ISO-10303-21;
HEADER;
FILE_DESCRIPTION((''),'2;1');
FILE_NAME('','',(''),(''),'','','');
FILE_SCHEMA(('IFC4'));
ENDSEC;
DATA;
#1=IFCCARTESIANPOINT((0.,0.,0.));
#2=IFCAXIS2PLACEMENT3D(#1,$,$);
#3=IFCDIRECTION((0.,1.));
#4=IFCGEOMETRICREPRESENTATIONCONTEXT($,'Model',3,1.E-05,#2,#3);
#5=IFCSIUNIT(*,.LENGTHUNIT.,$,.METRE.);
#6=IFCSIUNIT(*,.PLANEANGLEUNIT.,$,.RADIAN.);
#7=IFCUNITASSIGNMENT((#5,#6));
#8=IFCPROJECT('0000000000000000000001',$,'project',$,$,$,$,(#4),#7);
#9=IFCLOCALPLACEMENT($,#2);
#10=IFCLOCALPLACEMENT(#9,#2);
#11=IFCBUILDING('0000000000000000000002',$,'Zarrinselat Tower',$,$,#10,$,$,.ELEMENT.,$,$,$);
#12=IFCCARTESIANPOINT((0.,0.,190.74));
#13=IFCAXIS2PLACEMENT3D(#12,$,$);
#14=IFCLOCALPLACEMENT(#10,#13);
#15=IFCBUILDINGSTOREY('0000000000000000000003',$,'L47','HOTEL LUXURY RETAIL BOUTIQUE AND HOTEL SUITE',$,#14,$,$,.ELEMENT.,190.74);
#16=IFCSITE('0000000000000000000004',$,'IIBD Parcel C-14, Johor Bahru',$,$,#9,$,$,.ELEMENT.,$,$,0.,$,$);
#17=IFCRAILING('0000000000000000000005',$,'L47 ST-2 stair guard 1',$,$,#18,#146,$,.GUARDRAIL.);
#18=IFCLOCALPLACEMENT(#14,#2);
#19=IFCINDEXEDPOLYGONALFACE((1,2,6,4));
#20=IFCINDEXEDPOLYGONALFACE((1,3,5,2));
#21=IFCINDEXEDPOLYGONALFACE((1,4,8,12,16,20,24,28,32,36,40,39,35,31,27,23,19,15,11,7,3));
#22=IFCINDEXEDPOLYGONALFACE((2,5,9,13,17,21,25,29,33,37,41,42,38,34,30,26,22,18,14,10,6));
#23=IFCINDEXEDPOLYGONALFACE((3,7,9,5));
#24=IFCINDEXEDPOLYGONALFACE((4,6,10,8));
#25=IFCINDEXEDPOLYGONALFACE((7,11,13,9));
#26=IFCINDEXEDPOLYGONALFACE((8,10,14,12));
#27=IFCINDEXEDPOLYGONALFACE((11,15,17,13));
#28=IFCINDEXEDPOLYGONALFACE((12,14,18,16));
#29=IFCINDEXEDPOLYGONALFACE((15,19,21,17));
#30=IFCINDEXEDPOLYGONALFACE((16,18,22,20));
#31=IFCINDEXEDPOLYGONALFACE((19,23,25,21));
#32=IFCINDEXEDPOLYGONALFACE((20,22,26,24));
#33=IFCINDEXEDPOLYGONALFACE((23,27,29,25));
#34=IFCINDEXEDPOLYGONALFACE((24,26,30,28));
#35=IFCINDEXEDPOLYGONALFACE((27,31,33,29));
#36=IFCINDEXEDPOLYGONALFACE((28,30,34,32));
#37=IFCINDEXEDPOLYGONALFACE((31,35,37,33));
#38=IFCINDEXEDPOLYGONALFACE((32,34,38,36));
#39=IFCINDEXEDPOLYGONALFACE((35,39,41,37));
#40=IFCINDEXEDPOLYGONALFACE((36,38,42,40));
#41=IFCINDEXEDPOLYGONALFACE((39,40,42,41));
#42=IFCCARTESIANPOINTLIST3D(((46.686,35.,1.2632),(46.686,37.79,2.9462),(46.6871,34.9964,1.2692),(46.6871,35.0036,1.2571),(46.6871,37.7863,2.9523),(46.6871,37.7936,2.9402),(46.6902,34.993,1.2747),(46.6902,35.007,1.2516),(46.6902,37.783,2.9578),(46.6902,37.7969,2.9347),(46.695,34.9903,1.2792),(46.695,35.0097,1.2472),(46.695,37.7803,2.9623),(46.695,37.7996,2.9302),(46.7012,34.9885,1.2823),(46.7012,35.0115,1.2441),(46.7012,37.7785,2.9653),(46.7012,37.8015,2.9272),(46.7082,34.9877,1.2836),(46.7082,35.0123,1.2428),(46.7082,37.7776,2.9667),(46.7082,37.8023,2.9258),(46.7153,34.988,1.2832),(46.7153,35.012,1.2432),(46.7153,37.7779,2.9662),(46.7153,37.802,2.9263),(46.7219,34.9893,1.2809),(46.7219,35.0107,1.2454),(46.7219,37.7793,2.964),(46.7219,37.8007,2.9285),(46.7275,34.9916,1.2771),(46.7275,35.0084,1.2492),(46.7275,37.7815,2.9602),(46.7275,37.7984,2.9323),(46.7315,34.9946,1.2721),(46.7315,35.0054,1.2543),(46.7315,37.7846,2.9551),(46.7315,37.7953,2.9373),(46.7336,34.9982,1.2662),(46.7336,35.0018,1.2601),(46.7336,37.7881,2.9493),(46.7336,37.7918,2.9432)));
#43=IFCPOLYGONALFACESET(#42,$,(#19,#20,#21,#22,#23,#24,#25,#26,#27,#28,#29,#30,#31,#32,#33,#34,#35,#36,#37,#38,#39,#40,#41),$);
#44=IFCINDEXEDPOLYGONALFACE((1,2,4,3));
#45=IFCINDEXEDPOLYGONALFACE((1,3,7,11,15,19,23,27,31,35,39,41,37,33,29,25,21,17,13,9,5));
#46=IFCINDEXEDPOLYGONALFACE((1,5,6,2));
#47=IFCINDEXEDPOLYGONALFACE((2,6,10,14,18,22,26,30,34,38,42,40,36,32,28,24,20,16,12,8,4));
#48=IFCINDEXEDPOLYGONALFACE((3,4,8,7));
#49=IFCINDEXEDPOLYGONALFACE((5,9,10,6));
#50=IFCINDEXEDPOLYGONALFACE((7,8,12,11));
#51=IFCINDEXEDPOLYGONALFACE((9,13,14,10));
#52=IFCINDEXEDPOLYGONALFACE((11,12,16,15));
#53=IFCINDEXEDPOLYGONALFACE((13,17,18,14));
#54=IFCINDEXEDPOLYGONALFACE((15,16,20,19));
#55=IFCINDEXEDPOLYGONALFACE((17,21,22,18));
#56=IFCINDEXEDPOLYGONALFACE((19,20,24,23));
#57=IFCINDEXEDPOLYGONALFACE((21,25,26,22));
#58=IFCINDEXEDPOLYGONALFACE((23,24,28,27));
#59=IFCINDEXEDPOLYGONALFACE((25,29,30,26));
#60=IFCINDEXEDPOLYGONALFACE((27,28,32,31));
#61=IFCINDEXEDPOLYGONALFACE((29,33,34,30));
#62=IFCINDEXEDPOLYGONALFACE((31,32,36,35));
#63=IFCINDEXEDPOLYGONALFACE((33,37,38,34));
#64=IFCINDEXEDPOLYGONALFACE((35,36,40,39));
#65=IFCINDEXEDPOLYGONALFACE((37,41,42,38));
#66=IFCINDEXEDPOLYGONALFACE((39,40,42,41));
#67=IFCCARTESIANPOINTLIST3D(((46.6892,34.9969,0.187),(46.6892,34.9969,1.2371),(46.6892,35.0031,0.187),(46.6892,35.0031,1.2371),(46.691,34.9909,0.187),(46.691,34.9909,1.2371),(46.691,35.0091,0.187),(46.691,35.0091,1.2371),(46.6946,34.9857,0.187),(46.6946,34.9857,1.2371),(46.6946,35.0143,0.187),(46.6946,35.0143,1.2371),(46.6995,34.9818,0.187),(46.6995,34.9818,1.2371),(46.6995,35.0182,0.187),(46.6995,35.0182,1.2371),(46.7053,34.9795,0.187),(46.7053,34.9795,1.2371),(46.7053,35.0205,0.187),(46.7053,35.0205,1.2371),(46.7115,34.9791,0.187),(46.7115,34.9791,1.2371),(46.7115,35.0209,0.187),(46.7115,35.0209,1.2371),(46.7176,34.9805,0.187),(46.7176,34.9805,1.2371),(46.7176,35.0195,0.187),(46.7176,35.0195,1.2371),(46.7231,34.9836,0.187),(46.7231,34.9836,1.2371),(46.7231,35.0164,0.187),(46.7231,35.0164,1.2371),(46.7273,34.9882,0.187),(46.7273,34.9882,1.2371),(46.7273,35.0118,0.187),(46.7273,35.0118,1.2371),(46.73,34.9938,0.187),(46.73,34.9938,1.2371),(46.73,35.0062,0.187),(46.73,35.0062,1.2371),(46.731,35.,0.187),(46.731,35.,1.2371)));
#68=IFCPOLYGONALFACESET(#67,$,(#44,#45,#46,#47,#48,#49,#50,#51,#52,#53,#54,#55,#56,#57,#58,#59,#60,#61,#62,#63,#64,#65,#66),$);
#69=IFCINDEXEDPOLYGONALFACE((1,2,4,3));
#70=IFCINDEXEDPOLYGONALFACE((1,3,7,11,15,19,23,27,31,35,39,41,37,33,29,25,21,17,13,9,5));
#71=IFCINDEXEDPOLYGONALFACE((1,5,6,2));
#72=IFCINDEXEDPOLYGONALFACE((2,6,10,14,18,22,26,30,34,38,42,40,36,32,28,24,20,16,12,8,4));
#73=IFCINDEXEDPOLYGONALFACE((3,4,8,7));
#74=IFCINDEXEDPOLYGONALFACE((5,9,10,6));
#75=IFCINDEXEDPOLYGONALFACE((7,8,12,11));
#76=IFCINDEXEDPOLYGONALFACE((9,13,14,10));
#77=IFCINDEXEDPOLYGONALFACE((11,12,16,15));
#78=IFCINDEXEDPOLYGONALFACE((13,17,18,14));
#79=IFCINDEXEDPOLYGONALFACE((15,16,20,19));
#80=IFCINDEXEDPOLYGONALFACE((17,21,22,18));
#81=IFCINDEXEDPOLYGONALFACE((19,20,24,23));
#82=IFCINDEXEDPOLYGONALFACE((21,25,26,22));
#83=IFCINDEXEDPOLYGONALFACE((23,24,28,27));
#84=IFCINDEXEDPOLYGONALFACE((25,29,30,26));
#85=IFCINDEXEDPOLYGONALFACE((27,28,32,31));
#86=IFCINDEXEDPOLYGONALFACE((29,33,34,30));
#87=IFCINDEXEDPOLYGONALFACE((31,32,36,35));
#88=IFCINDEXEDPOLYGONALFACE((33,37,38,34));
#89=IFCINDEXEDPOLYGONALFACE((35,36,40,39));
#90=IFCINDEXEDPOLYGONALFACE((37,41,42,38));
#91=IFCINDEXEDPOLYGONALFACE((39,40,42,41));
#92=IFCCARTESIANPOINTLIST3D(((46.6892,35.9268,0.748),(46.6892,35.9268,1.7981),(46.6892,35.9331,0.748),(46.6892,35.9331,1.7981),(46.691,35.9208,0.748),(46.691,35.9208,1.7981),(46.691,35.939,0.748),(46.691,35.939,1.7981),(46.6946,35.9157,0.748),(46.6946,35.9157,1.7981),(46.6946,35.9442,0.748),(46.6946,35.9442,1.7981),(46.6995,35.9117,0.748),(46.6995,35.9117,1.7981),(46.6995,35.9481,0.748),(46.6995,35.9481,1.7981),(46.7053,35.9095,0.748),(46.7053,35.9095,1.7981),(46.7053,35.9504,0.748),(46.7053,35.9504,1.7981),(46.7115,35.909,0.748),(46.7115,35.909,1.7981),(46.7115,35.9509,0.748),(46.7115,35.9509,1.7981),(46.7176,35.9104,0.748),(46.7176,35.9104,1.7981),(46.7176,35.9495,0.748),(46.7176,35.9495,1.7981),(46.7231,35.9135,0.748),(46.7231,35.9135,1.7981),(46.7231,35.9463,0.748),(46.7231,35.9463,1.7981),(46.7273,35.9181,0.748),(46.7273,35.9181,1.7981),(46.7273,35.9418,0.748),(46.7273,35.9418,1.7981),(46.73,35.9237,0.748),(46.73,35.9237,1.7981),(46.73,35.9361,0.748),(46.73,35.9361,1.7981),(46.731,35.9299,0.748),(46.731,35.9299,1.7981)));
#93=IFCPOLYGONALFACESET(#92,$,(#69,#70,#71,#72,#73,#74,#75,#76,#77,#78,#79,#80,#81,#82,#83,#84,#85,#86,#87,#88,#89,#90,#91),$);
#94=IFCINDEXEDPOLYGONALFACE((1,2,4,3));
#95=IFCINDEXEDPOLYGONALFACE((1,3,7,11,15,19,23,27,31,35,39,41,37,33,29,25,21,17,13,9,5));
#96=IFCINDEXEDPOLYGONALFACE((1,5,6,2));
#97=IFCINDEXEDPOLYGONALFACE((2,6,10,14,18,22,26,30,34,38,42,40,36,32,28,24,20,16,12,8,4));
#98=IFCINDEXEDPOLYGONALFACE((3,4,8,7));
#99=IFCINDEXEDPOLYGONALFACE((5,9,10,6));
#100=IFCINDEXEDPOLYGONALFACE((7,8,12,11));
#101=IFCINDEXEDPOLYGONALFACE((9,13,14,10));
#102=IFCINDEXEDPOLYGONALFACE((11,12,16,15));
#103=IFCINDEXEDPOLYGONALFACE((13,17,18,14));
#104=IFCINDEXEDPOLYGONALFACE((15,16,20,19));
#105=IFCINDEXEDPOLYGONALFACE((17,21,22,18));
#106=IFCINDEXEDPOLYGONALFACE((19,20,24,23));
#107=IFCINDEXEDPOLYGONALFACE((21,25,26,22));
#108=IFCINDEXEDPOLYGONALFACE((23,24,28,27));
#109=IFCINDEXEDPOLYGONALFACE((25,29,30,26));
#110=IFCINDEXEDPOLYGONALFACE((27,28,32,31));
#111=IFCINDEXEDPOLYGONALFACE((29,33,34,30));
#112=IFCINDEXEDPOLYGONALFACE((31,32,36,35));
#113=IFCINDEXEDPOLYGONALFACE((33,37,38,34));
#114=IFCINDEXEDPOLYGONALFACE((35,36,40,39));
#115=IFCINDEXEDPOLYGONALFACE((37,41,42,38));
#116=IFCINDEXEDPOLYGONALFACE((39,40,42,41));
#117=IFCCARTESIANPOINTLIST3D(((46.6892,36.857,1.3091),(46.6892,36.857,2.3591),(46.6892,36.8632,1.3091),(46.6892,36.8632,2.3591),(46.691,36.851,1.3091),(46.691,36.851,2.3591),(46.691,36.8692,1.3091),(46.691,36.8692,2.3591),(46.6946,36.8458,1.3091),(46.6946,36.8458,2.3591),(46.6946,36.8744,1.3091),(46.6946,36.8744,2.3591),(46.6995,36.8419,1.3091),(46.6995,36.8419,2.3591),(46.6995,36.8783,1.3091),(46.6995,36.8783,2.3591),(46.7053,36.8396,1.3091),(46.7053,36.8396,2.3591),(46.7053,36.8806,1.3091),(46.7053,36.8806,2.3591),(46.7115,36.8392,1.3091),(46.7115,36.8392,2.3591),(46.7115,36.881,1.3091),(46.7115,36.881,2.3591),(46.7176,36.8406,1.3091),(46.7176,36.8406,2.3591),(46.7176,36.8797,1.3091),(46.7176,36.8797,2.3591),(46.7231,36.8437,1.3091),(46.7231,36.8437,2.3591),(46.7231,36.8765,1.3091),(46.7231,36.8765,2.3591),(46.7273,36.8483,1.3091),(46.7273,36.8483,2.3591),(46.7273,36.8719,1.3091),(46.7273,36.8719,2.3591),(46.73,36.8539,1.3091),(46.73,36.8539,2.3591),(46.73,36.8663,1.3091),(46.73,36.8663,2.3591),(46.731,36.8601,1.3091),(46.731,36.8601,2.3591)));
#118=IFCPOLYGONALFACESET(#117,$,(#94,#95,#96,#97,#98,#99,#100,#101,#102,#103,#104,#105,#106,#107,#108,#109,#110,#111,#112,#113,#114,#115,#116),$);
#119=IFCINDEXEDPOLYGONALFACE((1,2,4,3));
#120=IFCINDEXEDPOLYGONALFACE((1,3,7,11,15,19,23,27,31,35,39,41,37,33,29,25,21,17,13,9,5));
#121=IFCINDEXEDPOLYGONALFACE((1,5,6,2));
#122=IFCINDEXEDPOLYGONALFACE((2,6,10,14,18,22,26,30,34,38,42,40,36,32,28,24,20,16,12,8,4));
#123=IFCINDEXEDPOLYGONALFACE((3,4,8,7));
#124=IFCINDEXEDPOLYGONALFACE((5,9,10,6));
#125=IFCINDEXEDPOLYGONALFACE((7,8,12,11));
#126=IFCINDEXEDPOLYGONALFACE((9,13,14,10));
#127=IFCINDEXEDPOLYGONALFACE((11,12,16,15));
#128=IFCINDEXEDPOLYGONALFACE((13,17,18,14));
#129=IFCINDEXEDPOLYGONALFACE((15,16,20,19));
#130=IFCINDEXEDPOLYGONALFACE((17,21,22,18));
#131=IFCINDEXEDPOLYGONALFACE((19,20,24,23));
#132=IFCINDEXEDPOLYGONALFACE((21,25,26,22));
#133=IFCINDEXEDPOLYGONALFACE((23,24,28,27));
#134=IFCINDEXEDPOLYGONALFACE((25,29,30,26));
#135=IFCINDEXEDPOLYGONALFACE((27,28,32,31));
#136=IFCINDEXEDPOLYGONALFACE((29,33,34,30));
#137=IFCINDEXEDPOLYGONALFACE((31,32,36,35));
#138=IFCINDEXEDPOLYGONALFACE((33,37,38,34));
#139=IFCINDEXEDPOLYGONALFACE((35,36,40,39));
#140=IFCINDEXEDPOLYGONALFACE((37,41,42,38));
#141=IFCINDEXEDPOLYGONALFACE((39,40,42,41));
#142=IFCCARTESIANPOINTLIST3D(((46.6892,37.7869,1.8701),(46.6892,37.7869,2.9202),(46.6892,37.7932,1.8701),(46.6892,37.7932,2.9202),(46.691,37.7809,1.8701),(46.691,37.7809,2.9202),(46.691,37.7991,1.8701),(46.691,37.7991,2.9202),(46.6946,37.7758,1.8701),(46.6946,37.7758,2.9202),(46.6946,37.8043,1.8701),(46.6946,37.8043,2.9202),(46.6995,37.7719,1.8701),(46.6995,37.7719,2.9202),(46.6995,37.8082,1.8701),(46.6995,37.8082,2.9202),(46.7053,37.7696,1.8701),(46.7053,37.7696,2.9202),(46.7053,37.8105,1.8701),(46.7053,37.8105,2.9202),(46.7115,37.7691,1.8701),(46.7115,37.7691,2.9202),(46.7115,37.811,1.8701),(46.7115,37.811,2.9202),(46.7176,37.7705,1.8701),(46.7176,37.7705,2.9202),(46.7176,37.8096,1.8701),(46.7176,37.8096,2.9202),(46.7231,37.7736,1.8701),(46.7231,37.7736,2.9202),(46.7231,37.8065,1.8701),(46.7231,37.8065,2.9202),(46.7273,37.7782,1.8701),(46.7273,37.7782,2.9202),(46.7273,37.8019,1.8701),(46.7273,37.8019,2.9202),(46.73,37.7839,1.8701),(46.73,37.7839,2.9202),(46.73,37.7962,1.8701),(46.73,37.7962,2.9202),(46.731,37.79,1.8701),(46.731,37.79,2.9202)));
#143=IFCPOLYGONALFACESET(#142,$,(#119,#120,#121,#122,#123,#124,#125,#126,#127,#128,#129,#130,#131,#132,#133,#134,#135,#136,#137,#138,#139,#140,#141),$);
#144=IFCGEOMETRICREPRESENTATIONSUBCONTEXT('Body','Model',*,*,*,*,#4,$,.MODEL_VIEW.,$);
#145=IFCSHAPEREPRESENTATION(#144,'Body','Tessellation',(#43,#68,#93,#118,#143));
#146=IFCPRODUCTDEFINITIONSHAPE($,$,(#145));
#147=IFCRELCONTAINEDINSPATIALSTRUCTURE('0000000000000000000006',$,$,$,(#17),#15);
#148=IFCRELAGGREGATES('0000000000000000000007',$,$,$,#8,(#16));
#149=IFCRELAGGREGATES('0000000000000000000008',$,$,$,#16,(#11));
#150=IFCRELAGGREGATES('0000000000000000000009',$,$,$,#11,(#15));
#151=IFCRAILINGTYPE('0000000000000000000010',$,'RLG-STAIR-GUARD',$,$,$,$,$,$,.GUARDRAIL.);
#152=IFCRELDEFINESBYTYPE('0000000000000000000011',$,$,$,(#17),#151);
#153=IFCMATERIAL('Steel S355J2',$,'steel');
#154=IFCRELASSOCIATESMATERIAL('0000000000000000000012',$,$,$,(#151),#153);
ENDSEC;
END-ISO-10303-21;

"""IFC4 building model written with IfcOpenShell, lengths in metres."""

from ifc_helpers import new_model, si_unit, direction, frame, origin, origin_2d, place, context, subcontext, project, spatial, circle, extrude, material, type_object, element, save


model = new_model("IFC4")

# Units and contexts
model_context = context("Model", 3, precision=1e-05, world=origin(), true_north=direction((0.0, 1.0)))
body_context = subcontext(model_context, "Body", "Model", "MODEL_VIEW")
ifc_project = project(units=[si_unit("LENGTHUNIT", "METRE"), si_unit("PLANEANGLEUNIT", "RADIAN")], contexts=[model_context])

# Site, building, storey
site_placement = place(None, origin())
site = spatial("IfcSite", under=ifc_project, at=site_placement, Name="IIBD Parcel C-14, Johor Bahru", CompositionType="ELEMENT", RefElevation=0.0)
building_placement = place(site_placement, origin())
building = spatial("IfcBuilding", under=site, at=building_placement, Name="Zarrinselat Tower", CompositionType="ELEMENT")
storey_placement = place(building_placement, frame((0.0, 0.0, 190.74)))
storey = spatial("IfcBuildingStorey", under=building, at=storey_placement, Name="L47", Description="HOTEL LUXURY RETAIL BOUTIQUE AND HOTEL SUITE", CompositionType="ELEMENT", Elevation=190.74)

# Railing
ifc_material_1 = material(Name="Steel S355J2", Category="steel")
railing_type_1 = type_object("IfcRailingType", Name="RLG-STAIR-GUARD", PredefinedType="GUARDRAIL", material=ifc_material_1)
railing_1_placement = place(storey_placement, frame((46.71, 35.0, 0.187)))
element("IfcRailing", 1, at=railing_1_placement, inside=storey, type_object=railing_type_1, Name="L47 ST-2 stair guard 1", PredefinedType="GUARDRAIL", context=body_context, shape_type="SweptSolid", body=[
    extrude(circle(Radius=0.0239, at=origin_2d()), frame((0.0, 0.0, 1.0762), z_axis=(0.0, 0.856261, 0.516544), x_axis=(-1.0, 0.0, 0.0)), (0.0, 0.0, 1.0), 3.2583),
    extrude(circle(Radius=0.021, at=origin_2d()), origin(), (0.0, 0.0, 1.0), 1.05),
    extrude(circle(Radius=0.021, at=origin_2d()), frame((0.0, 0.9299, 0.561)), (0.0, 0.0, 1.0), 1.05),
    extrude(circle(Radius=0.021, at=origin_2d()), frame((0.0, 1.8601, 1.1221)), (0.0, 0.0, 1.0), 1.05),
    extrude(circle(Radius=0.021, at=origin_2d()), frame((0.0, 2.79, 1.6831)), (0.0, 0.0, 1.0), 1.05),
])

save(model, "model.ifc")
